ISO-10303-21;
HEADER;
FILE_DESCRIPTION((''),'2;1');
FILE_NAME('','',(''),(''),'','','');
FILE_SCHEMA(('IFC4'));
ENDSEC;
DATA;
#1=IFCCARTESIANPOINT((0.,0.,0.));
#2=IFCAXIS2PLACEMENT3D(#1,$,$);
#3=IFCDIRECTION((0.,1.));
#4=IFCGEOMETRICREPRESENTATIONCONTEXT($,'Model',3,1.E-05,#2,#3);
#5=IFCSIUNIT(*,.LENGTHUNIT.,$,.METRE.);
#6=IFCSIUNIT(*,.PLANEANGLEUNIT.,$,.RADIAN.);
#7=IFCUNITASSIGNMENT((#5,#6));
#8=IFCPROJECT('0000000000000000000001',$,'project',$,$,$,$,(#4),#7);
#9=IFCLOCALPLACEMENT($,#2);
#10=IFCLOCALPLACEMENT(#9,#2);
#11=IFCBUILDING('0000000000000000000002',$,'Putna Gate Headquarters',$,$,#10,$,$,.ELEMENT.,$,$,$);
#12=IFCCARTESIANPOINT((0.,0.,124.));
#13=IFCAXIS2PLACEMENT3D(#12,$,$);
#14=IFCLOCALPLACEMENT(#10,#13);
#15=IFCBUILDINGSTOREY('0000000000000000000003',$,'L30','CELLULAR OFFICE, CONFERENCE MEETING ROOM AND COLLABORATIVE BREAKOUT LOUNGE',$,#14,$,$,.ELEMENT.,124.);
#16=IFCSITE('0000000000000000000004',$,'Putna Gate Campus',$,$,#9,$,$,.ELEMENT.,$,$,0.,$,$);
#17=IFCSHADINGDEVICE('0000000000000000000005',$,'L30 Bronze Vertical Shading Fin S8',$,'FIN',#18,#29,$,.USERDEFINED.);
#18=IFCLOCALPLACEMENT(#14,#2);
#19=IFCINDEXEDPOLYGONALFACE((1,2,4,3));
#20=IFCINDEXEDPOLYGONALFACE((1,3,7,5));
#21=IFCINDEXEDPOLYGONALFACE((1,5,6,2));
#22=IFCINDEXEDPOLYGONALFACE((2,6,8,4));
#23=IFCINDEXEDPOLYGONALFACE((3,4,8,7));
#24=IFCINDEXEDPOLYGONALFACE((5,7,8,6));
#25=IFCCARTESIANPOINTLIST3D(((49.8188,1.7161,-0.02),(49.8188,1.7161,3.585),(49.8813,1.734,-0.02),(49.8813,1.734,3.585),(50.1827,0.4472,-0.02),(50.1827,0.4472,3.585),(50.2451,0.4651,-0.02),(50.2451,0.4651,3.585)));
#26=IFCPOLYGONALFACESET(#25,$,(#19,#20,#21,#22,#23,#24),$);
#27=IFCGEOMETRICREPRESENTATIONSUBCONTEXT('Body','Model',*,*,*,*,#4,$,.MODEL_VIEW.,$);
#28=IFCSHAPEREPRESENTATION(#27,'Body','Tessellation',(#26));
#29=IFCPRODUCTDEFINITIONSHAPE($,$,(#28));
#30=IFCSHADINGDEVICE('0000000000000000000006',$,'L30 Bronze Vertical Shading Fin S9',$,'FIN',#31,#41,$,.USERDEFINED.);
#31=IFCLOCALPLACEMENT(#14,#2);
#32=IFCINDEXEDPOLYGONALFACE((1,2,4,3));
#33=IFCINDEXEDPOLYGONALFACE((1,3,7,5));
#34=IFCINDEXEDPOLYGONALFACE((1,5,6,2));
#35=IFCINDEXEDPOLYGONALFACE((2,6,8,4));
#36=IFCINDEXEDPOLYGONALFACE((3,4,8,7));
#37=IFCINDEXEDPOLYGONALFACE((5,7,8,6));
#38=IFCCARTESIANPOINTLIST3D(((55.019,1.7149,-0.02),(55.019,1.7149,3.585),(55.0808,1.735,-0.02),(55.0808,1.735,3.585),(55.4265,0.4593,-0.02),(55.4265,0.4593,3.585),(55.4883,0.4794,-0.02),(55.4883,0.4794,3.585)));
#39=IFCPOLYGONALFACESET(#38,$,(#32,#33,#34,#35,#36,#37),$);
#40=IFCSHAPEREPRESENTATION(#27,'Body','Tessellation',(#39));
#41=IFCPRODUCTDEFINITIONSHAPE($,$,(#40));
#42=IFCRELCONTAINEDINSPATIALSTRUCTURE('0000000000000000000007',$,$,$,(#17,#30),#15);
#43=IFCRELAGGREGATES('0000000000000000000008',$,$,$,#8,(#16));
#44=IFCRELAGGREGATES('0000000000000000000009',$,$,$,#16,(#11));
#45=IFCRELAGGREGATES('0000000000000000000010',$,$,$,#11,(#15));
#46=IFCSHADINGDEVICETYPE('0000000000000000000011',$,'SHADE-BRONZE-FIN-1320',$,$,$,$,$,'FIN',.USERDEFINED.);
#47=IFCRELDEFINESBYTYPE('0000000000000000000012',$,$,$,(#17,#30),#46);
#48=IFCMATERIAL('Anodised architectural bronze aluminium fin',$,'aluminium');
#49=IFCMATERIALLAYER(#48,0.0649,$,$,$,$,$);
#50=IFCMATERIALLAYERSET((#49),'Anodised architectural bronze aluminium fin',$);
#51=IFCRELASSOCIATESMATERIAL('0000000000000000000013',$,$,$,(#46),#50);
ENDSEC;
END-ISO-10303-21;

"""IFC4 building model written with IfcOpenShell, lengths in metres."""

from ifc_helpers import new_model, si_unit, direction, frame, origin, origin_2d, place, context, subcontext, project, spatial, rectangle, extrude, material, layer, layer_set, type_object, element, save


model = new_model("IFC4")

# Units and contexts
model_context = context("Model", 3, precision=1e-05, world=origin(), true_north=direction((0.0, 1.0)))
body_context = subcontext(model_context, "Body", "Model", "MODEL_VIEW")
ifc_project = project(units=[si_unit("LENGTHUNIT", "METRE"), si_unit("PLANEANGLEUNIT", "RADIAN")], contexts=[model_context])

# Site, building, storey
site_placement = place(None, origin())
site = spatial("IfcSite", under=ifc_project, at=site_placement, Name="Putna Gate Campus", CompositionType="ELEMENT", RefElevation=0.0)
building_placement = place(site_placement, origin())
building = spatial("IfcBuilding", under=site, at=building_placement, Name="Putna Gate Headquarters", CompositionType="ELEMENT")
storey_placement = place(building_placement, frame((0.0, 0.0, 124.0)))
storey = spatial("IfcBuildingStorey", under=building, at=storey_placement, Name="L30", Description="CELLULAR OFFICE, CONFERENCE MEETING ROOM AND COLLABORATIVE BREAKOUT LOUNGE", CompositionType="ELEMENT", Elevation=124.0)

# Shading devices
ifc_material_1 = material(Name="Anodised architectural bronze aluminium fin", Category="aluminium")
ifc_layer_1 = layer(ifc_material_1, 0.0649)
ifc_layer_set_1 = layer_set([ifc_layer_1], Name="Anodised architectural bronze aluminium fin")
shading_device_type = type_object("IfcShadingDeviceType", Name="SHADE-BRONZE-FIN-1320", ElementType="FIN", PredefinedType="USERDEFINED", material=ifc_layer_set_1)
for number, where, z_axis, x_axis, name in (
    (1, (50.032, 1.0906, -0.02), (0.0, 0.0, 1.0), (0.275637, -0.961262, 0.0), "L30 Bronze Vertical Shading Fin S8"),
    (2, (55.2537, 1.0972, -0.02), (0.0, 0.0, 1.0), (0.308685, -0.951164, 0.0), "L30 Bronze Vertical Shading Fin S9"),
):
    element("IfcShadingDevice", number, at=place(storey_placement, frame(where, z_axis=z_axis, x_axis=x_axis)), inside=storey, type_object=shading_device_type, Name=name, ObjectType="FIN", PredefinedType="USERDEFINED", context=body_context, shape_type="SweptSolid", body=[
        extrude(rectangle(XDim=1.3201, YDim=0.0649, at=origin_2d()), origin(), (0.0, 0.0, 1.0), 3.605),
    ])

save(model, "model.ifc")
